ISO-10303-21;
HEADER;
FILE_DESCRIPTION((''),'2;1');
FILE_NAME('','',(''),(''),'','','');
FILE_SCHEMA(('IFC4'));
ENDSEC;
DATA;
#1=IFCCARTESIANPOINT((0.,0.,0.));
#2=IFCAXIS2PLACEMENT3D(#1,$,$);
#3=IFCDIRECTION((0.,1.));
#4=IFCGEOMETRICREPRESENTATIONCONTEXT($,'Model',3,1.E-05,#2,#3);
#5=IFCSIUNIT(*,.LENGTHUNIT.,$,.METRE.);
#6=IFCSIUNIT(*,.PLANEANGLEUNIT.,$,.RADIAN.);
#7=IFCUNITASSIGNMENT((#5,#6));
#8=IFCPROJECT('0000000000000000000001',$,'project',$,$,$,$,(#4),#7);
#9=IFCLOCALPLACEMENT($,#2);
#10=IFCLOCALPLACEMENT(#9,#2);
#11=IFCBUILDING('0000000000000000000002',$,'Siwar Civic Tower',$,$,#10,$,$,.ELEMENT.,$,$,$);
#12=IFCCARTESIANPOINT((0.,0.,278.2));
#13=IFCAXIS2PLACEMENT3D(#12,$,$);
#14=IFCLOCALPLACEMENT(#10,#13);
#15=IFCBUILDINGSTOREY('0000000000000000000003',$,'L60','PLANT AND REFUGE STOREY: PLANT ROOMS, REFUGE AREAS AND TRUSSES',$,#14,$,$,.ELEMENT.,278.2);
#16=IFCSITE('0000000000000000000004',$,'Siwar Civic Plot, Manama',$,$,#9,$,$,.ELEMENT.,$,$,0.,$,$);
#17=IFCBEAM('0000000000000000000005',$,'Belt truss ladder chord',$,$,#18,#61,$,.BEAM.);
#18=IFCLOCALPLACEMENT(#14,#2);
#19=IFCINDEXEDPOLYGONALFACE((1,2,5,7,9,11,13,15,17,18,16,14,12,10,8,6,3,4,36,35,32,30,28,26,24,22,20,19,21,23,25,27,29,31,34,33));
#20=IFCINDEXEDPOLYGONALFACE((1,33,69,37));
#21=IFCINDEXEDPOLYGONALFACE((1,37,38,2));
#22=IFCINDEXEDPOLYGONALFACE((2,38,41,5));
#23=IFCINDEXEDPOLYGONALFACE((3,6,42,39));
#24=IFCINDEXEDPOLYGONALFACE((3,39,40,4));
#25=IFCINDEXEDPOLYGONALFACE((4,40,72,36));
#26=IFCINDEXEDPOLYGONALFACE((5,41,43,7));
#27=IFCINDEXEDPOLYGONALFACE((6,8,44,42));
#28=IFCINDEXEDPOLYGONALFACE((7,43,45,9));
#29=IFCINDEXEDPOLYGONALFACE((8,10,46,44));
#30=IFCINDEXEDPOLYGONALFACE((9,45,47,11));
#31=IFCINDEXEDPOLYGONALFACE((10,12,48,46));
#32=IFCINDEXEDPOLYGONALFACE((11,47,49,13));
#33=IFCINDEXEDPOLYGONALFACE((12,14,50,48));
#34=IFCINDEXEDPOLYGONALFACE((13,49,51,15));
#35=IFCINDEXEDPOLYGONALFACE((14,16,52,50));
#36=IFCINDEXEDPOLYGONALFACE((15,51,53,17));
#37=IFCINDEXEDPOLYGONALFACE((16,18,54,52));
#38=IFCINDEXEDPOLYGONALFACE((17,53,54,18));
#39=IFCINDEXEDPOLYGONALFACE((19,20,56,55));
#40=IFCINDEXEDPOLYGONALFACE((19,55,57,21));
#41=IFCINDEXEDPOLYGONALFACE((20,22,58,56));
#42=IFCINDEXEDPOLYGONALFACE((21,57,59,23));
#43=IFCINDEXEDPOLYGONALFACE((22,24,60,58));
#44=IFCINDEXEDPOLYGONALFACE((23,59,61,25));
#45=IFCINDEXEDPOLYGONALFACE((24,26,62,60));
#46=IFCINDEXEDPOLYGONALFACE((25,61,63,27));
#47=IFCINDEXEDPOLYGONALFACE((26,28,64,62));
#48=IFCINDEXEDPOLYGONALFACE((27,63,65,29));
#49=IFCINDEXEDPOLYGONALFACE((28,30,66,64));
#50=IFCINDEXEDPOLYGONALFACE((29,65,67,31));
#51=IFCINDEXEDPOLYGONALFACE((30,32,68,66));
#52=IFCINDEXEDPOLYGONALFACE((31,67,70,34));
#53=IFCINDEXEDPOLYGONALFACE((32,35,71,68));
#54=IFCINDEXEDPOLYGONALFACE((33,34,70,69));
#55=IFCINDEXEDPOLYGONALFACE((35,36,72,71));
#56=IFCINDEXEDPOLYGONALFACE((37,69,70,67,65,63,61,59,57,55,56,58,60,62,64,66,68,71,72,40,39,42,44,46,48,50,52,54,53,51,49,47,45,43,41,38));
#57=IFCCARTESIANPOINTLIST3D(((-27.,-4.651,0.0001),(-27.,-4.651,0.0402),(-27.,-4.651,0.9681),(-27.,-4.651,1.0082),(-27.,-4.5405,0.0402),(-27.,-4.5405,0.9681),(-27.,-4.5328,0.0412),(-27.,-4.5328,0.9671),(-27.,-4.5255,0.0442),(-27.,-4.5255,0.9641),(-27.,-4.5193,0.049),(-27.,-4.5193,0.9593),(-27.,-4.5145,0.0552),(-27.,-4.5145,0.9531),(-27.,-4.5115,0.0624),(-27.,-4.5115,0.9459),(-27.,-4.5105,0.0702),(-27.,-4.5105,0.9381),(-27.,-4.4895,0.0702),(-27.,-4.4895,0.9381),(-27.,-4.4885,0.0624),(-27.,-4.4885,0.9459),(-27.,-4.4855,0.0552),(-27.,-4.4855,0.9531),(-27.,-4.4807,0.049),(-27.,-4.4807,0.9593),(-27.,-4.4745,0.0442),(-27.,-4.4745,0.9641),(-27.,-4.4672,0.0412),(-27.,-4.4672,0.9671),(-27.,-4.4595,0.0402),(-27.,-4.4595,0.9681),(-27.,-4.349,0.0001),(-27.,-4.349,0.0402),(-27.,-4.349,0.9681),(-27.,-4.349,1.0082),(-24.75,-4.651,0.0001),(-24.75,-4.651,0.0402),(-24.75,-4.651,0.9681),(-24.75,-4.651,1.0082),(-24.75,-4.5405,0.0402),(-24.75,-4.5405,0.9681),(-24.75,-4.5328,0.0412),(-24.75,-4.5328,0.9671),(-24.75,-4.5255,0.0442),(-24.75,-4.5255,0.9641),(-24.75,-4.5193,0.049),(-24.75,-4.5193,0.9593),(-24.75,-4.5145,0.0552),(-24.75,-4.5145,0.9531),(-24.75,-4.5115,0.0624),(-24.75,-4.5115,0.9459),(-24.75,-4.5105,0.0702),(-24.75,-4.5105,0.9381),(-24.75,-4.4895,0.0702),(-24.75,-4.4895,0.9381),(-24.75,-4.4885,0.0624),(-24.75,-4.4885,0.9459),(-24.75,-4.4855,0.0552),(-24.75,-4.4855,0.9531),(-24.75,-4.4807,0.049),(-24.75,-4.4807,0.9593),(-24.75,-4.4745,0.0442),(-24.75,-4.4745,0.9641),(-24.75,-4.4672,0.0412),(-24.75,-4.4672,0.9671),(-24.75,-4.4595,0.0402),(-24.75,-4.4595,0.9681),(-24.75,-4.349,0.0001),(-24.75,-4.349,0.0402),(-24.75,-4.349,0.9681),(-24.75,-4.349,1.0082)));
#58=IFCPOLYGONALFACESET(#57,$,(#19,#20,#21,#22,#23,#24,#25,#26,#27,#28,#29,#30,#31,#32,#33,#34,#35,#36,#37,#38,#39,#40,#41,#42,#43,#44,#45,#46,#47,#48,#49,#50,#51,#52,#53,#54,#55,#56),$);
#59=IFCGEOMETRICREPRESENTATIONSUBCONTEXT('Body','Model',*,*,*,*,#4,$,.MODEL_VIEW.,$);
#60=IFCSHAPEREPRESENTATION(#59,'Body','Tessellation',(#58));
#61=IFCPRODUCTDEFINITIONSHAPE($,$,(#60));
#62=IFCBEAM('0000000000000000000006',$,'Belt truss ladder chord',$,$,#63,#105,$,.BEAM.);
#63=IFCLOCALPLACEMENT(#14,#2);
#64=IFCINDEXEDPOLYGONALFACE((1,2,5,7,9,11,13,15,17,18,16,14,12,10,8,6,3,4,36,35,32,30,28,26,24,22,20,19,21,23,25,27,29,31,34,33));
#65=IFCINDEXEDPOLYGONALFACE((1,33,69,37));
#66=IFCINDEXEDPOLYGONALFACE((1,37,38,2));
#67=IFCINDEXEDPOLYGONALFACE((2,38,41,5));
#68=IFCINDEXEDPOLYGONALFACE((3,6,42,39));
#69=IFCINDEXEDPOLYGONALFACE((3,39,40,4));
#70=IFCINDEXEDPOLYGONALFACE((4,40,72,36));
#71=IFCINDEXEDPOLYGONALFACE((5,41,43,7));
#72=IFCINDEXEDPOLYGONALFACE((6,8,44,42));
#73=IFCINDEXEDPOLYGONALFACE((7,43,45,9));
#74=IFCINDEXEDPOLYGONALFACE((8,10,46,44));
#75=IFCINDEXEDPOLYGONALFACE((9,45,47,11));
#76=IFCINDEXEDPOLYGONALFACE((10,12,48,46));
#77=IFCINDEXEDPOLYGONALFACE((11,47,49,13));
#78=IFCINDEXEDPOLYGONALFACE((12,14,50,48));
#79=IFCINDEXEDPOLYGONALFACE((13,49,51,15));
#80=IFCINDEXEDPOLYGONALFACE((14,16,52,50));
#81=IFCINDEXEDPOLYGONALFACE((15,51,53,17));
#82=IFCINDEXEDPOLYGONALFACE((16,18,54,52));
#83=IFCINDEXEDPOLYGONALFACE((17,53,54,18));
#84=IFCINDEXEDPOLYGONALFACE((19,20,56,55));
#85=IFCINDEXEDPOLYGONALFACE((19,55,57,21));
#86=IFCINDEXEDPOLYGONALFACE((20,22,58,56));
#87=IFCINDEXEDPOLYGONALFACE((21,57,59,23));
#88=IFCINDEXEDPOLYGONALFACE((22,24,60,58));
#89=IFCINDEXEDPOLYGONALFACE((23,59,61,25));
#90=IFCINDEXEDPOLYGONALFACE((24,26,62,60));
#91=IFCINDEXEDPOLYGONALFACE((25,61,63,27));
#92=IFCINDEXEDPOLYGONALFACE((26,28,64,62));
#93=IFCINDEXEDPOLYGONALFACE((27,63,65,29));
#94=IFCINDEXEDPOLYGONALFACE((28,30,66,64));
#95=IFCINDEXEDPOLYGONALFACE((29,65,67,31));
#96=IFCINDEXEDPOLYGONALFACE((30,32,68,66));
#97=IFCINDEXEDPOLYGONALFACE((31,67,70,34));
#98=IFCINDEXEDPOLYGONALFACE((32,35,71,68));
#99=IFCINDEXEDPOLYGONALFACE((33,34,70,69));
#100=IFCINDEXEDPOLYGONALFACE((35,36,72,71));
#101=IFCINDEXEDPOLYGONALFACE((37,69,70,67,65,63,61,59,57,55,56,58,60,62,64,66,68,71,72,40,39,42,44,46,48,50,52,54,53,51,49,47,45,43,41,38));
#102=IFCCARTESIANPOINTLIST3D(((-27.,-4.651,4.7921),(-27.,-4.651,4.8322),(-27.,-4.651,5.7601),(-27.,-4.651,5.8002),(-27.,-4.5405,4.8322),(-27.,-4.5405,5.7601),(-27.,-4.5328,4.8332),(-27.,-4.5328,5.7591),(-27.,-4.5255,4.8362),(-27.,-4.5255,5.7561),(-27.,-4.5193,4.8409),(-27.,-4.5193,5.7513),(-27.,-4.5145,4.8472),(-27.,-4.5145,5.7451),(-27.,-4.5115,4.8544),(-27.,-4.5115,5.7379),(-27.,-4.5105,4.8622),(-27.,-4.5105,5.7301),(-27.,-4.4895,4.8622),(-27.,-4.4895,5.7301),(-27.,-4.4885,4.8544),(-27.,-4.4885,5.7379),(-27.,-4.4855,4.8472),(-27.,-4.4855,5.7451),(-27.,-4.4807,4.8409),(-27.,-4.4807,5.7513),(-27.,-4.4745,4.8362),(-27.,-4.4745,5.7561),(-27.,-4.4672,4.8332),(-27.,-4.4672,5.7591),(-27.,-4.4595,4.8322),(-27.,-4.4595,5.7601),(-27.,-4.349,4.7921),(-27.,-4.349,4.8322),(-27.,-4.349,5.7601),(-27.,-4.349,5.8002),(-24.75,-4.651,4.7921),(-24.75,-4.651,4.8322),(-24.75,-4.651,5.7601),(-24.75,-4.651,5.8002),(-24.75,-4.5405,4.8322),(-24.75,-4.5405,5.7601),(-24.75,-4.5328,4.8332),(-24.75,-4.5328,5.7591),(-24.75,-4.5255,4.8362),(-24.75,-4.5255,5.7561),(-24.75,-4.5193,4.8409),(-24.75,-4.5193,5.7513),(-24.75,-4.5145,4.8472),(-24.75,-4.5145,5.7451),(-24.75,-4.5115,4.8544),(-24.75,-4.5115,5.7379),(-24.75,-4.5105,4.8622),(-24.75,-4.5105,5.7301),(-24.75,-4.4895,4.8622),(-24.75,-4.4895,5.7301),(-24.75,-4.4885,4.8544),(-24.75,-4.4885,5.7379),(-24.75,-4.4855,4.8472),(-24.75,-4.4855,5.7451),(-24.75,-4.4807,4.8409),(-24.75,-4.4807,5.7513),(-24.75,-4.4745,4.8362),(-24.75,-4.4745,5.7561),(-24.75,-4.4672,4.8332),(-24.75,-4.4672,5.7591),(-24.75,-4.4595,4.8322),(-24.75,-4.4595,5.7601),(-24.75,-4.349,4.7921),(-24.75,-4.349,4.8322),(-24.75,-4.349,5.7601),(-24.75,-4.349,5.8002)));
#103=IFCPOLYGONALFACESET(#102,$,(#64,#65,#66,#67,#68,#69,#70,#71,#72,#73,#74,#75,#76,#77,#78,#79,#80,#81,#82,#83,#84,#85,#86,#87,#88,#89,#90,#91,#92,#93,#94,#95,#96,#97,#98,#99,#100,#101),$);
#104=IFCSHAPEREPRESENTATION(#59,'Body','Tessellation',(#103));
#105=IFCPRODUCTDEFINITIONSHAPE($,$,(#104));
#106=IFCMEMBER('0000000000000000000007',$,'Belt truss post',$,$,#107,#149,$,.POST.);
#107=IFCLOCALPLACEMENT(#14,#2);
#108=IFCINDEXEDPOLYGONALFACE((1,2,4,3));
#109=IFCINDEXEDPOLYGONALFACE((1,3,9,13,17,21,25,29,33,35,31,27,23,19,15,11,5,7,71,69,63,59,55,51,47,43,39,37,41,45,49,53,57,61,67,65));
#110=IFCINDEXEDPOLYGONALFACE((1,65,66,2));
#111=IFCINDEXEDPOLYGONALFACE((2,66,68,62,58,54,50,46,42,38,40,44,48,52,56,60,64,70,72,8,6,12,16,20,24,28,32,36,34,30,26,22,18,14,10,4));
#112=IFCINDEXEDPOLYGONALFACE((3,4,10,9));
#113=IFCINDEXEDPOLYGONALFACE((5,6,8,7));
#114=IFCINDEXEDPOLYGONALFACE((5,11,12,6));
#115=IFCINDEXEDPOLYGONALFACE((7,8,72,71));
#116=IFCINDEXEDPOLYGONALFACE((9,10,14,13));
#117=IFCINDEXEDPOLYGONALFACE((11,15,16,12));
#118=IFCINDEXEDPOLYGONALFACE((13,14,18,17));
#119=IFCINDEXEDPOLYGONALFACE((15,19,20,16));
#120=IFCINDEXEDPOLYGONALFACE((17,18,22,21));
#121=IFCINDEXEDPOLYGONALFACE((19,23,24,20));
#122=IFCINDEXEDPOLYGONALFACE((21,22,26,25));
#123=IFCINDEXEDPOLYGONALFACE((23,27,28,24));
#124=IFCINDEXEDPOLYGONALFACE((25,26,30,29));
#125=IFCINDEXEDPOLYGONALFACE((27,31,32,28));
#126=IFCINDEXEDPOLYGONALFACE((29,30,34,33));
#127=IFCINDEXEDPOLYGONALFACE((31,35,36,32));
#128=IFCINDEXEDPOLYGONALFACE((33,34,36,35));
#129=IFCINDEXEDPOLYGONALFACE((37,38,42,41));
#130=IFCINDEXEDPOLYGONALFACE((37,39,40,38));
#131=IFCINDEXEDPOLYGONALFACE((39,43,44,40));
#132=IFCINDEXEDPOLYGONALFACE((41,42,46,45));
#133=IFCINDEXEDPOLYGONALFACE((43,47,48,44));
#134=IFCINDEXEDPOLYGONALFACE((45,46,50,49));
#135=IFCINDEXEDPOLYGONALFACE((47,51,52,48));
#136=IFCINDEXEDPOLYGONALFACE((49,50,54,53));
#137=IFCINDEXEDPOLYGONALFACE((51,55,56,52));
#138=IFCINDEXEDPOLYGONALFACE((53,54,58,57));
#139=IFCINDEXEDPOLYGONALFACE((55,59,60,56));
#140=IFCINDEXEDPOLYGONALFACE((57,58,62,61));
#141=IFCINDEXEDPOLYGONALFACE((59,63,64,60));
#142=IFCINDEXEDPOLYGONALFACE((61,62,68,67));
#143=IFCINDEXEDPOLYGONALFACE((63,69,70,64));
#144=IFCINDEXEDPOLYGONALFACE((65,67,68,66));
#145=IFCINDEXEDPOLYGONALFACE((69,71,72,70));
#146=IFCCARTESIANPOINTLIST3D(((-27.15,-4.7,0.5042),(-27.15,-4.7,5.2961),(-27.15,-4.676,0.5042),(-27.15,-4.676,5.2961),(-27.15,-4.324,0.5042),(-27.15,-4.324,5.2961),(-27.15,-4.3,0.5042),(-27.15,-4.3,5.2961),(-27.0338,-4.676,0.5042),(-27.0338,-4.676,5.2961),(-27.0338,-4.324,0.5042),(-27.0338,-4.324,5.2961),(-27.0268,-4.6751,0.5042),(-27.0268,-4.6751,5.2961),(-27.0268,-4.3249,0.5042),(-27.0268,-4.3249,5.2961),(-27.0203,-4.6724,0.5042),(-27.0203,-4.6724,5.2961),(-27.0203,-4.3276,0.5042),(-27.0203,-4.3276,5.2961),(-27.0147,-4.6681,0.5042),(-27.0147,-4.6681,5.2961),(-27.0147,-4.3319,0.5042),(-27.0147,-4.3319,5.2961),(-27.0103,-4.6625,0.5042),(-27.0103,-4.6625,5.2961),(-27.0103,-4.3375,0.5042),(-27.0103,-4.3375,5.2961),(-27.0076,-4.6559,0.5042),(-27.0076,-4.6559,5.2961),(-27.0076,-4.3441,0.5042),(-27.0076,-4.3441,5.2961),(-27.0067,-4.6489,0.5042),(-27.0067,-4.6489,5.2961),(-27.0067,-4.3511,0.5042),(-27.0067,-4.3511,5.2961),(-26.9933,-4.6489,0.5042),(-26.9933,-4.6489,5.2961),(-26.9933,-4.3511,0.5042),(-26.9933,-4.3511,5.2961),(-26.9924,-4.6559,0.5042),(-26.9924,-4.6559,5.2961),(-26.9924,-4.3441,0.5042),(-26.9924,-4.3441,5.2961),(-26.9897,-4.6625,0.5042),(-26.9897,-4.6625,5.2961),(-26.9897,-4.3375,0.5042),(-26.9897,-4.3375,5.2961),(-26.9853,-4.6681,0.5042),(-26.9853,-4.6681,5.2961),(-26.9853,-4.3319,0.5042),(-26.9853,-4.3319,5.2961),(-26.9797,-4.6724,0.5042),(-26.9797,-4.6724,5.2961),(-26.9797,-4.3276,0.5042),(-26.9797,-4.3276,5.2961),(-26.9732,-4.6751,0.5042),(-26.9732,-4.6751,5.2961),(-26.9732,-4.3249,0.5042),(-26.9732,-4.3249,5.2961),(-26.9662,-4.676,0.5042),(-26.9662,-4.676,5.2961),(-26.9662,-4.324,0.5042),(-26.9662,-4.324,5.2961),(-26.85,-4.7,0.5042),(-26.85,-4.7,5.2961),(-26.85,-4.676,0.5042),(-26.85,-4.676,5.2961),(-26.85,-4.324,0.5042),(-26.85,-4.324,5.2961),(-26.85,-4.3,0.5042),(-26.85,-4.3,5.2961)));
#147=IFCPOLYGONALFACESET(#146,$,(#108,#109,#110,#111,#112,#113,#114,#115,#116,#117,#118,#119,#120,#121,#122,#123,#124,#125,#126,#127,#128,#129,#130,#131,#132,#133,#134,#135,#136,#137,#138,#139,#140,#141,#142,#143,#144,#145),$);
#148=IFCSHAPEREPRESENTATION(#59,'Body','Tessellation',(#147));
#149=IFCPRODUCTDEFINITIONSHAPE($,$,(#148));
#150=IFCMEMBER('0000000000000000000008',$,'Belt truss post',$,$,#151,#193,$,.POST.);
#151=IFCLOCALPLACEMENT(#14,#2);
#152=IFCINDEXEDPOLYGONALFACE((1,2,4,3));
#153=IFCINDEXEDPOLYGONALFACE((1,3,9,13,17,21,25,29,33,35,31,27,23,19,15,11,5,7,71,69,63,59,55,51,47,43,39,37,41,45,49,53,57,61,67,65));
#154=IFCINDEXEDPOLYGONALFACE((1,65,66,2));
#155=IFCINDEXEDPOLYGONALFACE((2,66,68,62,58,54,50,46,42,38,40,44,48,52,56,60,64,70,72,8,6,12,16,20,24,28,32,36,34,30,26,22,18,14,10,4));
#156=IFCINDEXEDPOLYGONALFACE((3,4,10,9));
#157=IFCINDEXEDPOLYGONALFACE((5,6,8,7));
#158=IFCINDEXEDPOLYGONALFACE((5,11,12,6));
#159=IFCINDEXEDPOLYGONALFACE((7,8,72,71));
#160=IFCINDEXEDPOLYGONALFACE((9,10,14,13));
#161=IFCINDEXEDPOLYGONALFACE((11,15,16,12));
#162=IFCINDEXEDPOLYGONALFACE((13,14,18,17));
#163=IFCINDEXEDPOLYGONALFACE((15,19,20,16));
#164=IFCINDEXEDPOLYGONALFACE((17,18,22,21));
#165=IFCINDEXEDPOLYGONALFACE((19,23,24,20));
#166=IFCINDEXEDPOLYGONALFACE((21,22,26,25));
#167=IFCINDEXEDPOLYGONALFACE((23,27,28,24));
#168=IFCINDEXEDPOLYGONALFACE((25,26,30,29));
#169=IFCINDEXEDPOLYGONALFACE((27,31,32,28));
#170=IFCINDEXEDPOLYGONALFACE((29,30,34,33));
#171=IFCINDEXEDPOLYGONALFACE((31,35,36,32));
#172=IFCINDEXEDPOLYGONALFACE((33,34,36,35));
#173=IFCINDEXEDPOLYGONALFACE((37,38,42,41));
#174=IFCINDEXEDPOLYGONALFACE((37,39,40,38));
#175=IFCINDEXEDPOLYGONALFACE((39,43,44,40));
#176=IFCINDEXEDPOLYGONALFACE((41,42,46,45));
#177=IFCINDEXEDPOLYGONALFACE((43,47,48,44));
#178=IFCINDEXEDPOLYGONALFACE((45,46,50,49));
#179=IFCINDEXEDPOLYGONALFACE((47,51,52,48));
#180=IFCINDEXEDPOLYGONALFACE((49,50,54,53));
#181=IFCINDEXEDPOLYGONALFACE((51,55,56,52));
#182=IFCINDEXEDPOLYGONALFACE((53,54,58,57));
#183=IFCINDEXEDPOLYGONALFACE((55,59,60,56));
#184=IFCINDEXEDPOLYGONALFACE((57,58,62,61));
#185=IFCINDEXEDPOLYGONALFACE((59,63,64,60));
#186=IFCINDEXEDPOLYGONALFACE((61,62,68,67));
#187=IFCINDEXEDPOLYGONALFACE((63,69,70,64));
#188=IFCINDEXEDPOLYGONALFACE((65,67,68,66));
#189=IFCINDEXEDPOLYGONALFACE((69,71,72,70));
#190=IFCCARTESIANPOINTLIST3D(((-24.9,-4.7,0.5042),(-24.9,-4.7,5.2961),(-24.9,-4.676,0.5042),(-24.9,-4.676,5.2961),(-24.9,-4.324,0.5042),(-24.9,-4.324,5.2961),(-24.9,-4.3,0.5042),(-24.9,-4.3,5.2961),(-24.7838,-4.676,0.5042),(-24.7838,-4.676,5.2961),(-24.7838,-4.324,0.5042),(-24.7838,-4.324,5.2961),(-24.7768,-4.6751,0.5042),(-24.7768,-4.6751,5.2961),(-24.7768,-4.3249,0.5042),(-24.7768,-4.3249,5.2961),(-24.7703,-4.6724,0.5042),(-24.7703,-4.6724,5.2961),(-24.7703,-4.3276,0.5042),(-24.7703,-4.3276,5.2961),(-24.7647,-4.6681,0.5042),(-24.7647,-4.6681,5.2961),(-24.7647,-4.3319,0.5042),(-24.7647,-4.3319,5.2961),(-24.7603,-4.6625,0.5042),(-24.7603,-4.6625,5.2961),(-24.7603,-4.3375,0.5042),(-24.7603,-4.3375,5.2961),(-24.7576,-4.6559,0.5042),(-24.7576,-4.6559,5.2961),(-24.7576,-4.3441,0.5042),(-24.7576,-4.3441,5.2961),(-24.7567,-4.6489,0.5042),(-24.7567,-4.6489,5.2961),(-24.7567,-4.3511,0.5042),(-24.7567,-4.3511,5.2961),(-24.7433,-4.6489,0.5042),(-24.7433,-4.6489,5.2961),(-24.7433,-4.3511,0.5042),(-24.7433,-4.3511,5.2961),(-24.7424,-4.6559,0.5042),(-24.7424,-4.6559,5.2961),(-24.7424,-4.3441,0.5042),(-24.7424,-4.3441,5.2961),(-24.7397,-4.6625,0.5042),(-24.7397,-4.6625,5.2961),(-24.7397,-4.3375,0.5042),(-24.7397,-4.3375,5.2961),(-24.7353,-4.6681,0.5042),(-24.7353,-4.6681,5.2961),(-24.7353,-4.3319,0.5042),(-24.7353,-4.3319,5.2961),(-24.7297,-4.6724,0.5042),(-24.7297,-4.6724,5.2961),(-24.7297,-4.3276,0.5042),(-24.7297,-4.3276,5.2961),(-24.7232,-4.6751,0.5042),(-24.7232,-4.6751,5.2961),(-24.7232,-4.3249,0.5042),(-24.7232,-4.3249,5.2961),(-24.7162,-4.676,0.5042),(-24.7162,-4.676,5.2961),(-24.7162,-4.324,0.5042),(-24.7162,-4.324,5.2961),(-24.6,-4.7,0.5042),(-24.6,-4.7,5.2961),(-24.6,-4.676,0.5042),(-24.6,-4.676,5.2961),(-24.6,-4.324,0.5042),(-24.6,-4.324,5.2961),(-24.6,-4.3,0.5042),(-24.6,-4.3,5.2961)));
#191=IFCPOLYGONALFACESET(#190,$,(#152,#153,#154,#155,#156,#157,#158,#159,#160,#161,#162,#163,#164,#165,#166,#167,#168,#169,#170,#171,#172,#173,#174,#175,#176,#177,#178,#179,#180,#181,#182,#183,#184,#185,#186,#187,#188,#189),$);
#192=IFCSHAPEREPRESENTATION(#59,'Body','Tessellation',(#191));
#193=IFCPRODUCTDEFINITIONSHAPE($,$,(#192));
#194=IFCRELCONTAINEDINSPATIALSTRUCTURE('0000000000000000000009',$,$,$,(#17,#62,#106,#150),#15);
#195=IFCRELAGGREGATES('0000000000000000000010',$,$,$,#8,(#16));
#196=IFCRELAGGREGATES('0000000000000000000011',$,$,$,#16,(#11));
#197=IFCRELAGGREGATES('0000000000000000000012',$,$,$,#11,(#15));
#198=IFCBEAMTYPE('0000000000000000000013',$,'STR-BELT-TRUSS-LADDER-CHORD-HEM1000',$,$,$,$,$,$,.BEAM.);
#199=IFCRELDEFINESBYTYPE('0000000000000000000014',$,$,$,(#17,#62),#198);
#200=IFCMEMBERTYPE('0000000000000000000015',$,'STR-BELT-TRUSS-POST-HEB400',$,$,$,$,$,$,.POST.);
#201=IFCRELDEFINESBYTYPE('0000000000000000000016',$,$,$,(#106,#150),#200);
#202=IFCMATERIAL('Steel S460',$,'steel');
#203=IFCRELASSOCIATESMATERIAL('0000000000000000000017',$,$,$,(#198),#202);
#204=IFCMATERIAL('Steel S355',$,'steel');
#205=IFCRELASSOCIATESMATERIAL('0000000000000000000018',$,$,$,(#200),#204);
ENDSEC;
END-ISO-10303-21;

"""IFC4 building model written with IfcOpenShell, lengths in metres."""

from ifc_helpers import new_model, si_unit, direction, frame, origin, origin_2d, place, context, subcontext, project, spatial, i_section, extrude, material, material_profile, profile_set, type_object, element, save


model = new_model("IFC4")

# Units and contexts
model_context = context("Model", 3, precision=1e-05, world=origin(), true_north=direction((0.0, 1.0)))
body_context = subcontext(model_context, "Body", "Model", "MODEL_VIEW")
ifc_project = project(units=[si_unit("LENGTHUNIT", "METRE"), si_unit("PLANEANGLEUNIT", "RADIAN")], contexts=[model_context])

# Site, building, storey
site_placement = place(None, origin())
site = spatial("IfcSite", under=ifc_project, at=site_placement, Name="Siwar Civic Plot, Manama", CompositionType="ELEMENT", RefElevation=0.0)
building_placement = place(site_placement, origin())
building = spatial("IfcBuilding", under=site, at=building_placement, Name="Siwar Civic Tower", CompositionType="ELEMENT")
storey_placement = place(building_placement, frame((0.0, 0.0, 278.2)))
storey = spatial("IfcBuildingStorey", under=building, at=storey_placement, Name="L60", Description="PLANT AND REFUGE STOREY: PLANT ROOMS, REFUGE AREAS AND TRUSSES", CompositionType="ELEMENT", Elevation=278.2)

# Beams
ifc_material_1 = material(Name="Steel S460", Category="steel")
ifc_material_profile_1 = material_profile(ifc_material_1, i_section(OverallWidth=0.302, OverallDepth=1.0081, WebThickness=0.021, FlangeThickness=0.04, FilletRadius=0.03, at=origin_2d()), Name="HEM1000")
ifc_profile_set_1 = profile_set([ifc_material_profile_1], Name="Steel S460")
beam_type_1 = type_object("IfcBeamType", Name="STR-BELT-TRUSS-LADDER-CHORD-HEM1000", PredefinedType="BEAM", material=ifc_profile_set_1)
for number, where, z_axis, x_axis, name in (
    (1, (-24.75, -4.5, 0.5042), (-1.0, 0.0, 0.0), (0.0, -1.0, 0.0), "Belt truss ladder chord"),
    (2, (-24.75, -4.5, 5.2961), (-1.0, 0.0, 0.0), (0.0, -1.0, 0.0), "Belt truss ladder chord"),
):
    element("IfcBeam", number, at=place(storey_placement, frame(where, z_axis=z_axis, x_axis=x_axis)), inside=storey, type_object=beam_type_1, Name=name, PredefinedType="BEAM", context=body_context, shape_type="SweptSolid", body=[
        extrude(i_section(OverallWidth=0.302, OverallDepth=1.0081, WebThickness=0.021, FlangeThickness=0.04, FilletRadius=0.03, at=origin_2d()), origin(), (0.0, 0.0, 1.0), 2.25),
    ])

# Members
ifc_material_2 = material(Name="Steel S355", Category="steel")
ifc_material_profile_2 = material_profile(ifc_material_2, i_section(OverallWidth=0.3, OverallDepth=0.3999, WebThickness=0.0134, FlangeThickness=0.0239, FilletRadius=0.0271, at=origin_2d()), Name="HEB400")
ifc_profile_set_2 = profile_set([ifc_material_profile_2], Name="Steel S355")
member_type_1 = type_object("IfcMemberType", Name="STR-BELT-TRUSS-POST-HEB400", PredefinedType="POST", material=ifc_profile_set_2)
for number, where, z_axis, x_axis, name in (
    (3, (-27.0, -4.5, 0.5042), (0.0, 0.0, 1.0), (1.0, 0.0, 0.0), "Belt truss post"),
    (4, (-24.75, -4.5, 0.5042), (0.0, 0.0, 1.0), (1.0, 0.0, 0.0), "Belt truss post"),
):
    element("IfcMember", number, at=place(storey_placement, frame(where, z_axis=z_axis, x_axis=x_axis)), inside=storey, type_object=member_type_1, Name=name, PredefinedType="POST", context=body_context, shape_type="SweptSolid", body=[
        extrude(i_section(OverallWidth=0.3, OverallDepth=0.3999, WebThickness=0.0134, FlangeThickness=0.0239, FilletRadius=0.0271, at=origin_2d()), origin(), (0.0, 0.0, 1.0), 4.792),
    ])

save(model, "model.ifc")
